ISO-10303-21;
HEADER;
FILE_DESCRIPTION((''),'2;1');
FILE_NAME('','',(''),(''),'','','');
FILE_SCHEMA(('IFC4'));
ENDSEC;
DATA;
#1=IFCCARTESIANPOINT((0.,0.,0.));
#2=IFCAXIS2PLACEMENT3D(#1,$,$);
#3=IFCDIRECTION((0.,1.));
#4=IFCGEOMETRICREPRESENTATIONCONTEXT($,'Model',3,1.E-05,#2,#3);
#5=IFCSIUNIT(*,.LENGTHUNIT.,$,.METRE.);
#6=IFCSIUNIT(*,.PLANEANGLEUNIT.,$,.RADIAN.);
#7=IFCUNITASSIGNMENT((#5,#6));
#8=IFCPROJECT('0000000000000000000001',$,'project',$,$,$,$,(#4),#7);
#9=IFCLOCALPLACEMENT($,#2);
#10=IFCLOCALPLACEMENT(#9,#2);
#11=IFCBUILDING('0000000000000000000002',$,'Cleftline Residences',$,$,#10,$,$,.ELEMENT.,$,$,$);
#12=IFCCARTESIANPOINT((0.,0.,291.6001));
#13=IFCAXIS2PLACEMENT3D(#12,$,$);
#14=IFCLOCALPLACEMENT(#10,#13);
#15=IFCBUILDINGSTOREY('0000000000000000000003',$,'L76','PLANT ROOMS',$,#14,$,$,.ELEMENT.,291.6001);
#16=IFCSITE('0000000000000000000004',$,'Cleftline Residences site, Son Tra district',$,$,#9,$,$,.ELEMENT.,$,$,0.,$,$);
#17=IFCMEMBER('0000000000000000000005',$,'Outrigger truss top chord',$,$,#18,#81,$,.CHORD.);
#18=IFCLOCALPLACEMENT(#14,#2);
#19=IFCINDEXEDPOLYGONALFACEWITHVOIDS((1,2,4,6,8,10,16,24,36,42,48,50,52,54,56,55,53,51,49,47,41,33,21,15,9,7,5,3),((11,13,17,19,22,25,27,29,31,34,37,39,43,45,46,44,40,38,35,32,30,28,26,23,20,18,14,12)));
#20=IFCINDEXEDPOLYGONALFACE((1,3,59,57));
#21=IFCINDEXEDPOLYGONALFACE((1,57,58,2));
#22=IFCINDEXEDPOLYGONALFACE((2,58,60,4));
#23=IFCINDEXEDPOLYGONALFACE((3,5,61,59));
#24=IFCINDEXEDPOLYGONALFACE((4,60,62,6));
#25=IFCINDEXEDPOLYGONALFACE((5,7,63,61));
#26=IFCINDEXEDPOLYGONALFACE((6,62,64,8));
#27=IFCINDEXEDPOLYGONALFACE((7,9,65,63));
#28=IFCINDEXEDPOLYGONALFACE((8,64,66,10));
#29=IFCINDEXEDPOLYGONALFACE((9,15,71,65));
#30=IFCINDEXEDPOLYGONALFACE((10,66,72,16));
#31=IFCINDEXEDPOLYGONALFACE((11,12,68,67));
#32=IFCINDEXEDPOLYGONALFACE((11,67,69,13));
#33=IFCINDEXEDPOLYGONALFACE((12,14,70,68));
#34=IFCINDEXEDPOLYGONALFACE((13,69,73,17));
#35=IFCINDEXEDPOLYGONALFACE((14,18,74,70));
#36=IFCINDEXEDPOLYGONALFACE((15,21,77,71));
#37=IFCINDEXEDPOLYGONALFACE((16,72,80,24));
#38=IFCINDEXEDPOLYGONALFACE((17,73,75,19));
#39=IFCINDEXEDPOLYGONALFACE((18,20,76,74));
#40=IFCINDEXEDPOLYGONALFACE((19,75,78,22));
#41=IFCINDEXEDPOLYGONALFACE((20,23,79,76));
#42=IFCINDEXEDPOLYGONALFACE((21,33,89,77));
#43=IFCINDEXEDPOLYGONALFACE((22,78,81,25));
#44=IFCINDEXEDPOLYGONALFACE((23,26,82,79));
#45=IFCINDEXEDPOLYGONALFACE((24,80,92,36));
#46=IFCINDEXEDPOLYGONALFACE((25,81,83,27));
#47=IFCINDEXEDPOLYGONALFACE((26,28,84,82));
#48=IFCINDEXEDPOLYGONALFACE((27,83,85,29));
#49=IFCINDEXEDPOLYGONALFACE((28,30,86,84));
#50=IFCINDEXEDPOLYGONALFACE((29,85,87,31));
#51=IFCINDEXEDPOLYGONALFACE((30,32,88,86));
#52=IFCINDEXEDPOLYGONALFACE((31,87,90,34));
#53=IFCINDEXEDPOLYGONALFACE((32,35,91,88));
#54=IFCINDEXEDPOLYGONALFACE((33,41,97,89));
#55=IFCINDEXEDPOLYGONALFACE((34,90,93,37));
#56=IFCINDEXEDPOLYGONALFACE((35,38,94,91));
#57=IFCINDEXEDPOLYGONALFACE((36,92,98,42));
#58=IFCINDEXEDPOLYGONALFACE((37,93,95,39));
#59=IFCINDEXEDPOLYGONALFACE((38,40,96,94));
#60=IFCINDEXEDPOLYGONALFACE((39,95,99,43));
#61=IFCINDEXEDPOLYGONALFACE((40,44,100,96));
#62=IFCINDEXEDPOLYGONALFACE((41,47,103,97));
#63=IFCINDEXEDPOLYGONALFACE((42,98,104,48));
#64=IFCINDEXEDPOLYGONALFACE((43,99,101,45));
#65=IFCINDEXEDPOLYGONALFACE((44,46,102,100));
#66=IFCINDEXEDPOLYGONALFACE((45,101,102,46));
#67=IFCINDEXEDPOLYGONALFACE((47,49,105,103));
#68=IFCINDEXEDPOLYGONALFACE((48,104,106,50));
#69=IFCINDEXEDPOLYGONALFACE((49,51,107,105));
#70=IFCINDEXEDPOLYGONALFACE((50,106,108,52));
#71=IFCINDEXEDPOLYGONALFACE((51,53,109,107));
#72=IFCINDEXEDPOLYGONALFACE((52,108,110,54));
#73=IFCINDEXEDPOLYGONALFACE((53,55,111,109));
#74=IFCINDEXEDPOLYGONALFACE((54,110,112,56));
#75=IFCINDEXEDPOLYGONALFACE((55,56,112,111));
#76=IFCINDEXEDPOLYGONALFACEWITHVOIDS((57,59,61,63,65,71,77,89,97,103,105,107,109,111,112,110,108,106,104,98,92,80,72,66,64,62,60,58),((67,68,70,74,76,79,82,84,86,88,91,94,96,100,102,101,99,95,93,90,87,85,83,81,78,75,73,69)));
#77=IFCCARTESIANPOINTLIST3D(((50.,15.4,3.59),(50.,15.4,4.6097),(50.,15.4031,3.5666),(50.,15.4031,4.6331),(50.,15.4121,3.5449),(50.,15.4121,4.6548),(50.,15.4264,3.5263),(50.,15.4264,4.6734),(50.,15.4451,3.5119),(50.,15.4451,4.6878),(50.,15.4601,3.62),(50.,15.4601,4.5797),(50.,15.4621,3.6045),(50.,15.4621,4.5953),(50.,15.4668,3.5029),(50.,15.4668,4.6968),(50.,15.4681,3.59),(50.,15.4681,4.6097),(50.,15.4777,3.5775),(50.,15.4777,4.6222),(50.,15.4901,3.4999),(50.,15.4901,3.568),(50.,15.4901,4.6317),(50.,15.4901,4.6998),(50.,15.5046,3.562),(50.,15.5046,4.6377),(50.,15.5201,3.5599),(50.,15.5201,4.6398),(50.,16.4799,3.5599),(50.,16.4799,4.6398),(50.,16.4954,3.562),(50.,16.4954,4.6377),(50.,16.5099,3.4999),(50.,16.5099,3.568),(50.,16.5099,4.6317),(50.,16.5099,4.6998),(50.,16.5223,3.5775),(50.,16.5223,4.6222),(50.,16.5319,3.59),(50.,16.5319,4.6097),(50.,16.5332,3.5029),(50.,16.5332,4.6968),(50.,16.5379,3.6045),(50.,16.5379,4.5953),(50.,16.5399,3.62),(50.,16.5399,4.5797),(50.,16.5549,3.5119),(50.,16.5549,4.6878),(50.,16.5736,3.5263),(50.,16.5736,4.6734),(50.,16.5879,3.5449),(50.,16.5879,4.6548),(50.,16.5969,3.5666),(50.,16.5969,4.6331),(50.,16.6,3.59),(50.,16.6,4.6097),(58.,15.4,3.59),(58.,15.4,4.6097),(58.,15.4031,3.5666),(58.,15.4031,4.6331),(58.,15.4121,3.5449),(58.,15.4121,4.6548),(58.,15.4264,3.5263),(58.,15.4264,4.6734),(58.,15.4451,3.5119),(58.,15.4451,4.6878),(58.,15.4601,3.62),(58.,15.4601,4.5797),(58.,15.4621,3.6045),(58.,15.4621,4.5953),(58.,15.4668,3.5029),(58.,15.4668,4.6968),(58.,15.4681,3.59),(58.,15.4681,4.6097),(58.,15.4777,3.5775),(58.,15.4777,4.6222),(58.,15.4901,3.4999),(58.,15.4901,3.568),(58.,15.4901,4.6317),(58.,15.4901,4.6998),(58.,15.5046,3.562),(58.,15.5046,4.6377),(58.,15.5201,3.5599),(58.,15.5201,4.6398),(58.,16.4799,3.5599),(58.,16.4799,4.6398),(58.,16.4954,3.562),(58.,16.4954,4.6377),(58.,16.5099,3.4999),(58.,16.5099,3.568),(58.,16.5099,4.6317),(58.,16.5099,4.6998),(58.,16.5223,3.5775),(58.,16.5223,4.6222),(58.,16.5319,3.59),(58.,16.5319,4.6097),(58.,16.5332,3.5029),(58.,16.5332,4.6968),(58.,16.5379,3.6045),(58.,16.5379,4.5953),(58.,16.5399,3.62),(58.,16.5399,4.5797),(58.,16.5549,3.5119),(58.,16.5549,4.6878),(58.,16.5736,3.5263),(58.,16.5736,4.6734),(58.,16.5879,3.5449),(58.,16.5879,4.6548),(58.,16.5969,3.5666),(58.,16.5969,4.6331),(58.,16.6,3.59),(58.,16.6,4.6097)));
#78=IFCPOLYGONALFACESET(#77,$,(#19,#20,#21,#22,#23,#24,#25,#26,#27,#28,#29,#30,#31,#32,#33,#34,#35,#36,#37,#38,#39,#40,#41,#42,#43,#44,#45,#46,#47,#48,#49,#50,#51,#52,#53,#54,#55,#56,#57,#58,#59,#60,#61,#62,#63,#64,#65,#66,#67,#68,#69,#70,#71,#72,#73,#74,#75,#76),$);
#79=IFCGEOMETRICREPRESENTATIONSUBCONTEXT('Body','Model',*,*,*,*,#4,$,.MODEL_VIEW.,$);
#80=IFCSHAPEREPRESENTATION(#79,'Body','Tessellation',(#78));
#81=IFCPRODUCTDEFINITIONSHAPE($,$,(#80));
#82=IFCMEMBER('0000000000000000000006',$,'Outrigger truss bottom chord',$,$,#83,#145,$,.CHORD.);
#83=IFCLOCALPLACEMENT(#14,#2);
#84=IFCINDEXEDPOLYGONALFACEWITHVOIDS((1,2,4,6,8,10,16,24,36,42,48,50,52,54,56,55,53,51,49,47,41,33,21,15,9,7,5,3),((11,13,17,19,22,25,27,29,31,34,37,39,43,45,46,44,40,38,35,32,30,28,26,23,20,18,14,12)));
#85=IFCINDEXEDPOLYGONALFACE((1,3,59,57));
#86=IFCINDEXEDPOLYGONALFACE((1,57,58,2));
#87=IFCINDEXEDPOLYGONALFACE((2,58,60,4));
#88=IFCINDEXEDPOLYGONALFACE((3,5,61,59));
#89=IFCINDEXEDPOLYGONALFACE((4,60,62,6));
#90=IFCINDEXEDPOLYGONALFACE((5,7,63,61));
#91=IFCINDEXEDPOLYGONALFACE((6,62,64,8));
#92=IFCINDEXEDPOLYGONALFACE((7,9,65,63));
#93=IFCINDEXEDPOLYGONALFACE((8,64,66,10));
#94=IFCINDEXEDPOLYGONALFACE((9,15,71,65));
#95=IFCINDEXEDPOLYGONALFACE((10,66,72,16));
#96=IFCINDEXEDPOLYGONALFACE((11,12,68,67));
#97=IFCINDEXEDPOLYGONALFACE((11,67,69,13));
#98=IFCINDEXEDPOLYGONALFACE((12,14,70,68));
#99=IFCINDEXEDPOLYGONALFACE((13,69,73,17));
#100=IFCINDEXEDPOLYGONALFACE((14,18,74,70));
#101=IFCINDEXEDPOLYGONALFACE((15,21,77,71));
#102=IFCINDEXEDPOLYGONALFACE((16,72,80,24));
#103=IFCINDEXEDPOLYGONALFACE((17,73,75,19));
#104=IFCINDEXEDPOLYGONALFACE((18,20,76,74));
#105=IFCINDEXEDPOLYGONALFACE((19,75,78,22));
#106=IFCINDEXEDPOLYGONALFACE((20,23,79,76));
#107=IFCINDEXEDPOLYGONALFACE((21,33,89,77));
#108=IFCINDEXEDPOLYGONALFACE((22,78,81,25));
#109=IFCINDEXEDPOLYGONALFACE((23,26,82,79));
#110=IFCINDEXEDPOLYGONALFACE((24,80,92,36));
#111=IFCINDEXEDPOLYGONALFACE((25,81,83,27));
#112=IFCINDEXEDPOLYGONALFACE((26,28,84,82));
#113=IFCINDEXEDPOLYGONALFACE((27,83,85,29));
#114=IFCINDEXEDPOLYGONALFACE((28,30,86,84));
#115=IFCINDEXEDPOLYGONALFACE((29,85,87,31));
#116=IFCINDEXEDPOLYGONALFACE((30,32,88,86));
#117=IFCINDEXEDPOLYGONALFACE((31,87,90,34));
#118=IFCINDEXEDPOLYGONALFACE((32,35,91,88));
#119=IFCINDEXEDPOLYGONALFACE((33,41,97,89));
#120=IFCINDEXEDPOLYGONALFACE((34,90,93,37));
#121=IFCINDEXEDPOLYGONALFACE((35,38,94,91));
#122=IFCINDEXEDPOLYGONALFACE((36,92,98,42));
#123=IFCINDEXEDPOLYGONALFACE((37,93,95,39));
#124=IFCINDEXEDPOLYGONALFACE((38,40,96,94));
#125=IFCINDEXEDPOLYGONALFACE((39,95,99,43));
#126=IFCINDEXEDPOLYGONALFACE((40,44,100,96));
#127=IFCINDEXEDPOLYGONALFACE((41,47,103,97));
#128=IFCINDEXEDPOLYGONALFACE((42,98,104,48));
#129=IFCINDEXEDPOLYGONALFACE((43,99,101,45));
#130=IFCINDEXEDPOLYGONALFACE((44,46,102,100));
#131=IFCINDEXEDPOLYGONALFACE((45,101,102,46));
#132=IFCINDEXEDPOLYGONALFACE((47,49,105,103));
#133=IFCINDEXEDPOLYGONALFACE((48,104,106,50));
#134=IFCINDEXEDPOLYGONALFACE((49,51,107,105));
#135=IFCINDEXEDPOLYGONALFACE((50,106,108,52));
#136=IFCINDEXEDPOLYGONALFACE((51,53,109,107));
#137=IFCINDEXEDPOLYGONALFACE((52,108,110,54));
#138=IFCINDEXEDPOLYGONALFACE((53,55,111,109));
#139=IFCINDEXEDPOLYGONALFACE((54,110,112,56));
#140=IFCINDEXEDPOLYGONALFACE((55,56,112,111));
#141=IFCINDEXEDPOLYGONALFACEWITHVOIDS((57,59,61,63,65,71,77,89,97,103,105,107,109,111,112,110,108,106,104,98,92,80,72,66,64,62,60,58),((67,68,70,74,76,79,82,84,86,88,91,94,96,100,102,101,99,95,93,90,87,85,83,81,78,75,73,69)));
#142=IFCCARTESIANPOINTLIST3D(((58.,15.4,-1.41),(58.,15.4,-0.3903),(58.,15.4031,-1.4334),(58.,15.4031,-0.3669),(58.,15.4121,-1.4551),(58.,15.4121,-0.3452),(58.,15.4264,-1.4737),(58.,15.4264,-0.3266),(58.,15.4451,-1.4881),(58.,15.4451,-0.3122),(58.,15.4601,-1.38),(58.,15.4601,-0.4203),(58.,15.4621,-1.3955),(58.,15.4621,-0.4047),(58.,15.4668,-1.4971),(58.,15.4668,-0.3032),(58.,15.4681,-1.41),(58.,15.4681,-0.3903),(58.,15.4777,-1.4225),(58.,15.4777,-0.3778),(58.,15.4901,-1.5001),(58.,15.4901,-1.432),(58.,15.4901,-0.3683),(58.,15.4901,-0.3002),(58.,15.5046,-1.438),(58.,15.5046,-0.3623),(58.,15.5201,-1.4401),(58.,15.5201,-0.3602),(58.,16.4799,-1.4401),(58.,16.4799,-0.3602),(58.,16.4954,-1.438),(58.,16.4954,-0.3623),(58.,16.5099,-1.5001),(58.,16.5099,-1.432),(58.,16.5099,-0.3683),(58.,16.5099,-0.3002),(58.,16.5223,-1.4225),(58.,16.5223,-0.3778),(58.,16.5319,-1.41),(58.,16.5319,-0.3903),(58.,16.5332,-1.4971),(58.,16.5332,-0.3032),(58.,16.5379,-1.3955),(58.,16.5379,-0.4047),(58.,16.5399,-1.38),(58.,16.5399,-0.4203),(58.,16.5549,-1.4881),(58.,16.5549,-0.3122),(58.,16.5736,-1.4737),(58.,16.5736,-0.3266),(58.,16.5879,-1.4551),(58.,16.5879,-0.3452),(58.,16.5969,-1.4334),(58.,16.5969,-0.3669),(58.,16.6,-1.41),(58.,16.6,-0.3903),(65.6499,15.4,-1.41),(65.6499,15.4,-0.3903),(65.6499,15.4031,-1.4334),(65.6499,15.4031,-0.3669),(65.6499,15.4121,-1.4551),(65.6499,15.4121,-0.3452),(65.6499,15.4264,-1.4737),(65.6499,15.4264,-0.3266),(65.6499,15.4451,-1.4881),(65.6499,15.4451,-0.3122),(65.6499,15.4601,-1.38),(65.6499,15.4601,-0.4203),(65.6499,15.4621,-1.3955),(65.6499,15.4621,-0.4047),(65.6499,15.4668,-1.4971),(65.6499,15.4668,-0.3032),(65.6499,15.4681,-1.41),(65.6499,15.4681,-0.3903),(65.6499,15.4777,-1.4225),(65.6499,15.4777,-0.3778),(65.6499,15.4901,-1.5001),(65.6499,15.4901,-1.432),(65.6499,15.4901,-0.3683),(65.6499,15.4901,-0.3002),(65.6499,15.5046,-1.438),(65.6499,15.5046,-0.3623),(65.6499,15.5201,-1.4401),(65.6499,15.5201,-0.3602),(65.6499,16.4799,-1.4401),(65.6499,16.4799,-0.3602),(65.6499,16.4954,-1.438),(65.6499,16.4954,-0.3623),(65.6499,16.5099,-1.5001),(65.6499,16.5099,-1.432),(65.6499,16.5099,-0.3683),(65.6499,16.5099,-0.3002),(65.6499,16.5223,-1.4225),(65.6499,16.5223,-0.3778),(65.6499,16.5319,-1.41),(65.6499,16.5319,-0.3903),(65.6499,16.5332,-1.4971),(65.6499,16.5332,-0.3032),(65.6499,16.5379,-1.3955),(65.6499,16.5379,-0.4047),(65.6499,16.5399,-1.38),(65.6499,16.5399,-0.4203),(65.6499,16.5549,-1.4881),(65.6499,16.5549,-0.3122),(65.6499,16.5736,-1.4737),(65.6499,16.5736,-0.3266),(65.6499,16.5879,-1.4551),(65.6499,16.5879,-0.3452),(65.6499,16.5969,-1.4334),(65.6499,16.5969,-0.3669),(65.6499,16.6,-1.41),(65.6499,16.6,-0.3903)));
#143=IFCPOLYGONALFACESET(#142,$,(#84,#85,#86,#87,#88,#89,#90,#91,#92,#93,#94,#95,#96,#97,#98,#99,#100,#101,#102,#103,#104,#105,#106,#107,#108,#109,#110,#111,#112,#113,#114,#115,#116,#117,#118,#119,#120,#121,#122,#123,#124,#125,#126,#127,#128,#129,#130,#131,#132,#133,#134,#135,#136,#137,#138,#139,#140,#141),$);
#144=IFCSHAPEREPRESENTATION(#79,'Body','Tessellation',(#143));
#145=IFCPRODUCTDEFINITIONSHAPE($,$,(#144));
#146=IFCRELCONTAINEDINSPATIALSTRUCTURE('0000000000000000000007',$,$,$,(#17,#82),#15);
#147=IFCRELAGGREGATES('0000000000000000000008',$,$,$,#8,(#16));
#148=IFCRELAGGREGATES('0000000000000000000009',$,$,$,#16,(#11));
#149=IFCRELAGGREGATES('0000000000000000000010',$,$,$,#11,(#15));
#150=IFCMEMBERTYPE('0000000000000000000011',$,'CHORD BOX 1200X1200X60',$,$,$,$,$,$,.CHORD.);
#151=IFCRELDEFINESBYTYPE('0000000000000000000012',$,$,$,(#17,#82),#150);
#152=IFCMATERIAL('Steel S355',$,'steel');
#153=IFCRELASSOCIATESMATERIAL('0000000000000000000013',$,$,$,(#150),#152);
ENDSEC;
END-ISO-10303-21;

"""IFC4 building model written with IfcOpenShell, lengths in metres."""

from ifc_helpers import new_model, si_unit, direction, frame, origin, origin_2d, place, context, subcontext, project, spatial, hollow_rectangle, extrude, material, material_profile, profile_set, type_object, element, save


model = new_model("IFC4")

# Units and contexts
model_context = context("Model", 3, precision=1e-05, world=origin(), true_north=direction((0.0, 1.0)))
body_context = subcontext(model_context, "Body", "Model", "MODEL_VIEW")
ifc_project = project(units=[si_unit("LENGTHUNIT", "METRE"), si_unit("PLANEANGLEUNIT", "RADIAN")], contexts=[model_context])

# Site, building, storey
site_placement = place(None, origin())
site = spatial("IfcSite", under=ifc_project, at=site_placement, Name="Cleftline Residences site, Son Tra district", CompositionType="ELEMENT", RefElevation=0.0)
building_placement = place(site_placement, origin())
building = spatial("IfcBuilding", under=site, at=building_placement, Name="Cleftline Residences", CompositionType="ELEMENT")
storey_placement = place(building_placement, frame((0.0, 0.0, 291.6001)))
storey = spatial("IfcBuildingStorey", under=building, at=storey_placement, Name="L76", Description="PLANT ROOMS", CompositionType="ELEMENT", Elevation=291.6001)

# Members
ifc_material_1 = material(Name="Steel S355", Category="steel")
ifc_material_profile_1 = material_profile(ifc_material_1, hollow_rectangle(XDim=1.2, YDim=1.2, WallThickness=0.0601, InnerFilletRadius=0.0601, OuterFilletRadius=0.0901, at=origin_2d()))
ifc_profile_set_1 = profile_set([ifc_material_profile_1], Name="Steel S355")
member_type_1 = type_object("IfcMemberType", Name="CHORD BOX 1200X1200X60", PredefinedType="CHORD", material=ifc_profile_set_1)
for number, where, z_axis, x_axis, name in (
    (1, (50.0, 16.0, 4.0999), (1.0, 0.0, 0.0), (0.0, 1.0, 0.0), "Outrigger truss top chord"),
):
    element("IfcMember", number, at=place(storey_placement, frame(where, z_axis=z_axis, x_axis=x_axis)), inside=storey, type_object=member_type_1, Name=name, PredefinedType="CHORD", context=body_context, shape_type="SweptSolid", body=[
        extrude(hollow_rectangle(XDim=1.2, YDim=1.2, WallThickness=0.0601, InnerFilletRadius=0.0601, OuterFilletRadius=0.0901, at=origin_2d()), origin(), (0.0, 0.0, 1.0), 8.0),
    ])
for number, where, z_axis, x_axis, name in (
    (2, (58.0, 16.0, -0.9001), (1.0, 0.0, 0.0), (0.0, 1.0, 0.0), "Outrigger truss bottom chord"),
):
    element("IfcMember", number, at=place(storey_placement, frame(where, z_axis=z_axis, x_axis=x_axis)), inside=storey, type_object=member_type_1, Name=name, PredefinedType="CHORD", context=body_context, shape_type="SweptSolid", body=[
        extrude(hollow_rectangle(XDim=1.2, YDim=1.2, WallThickness=0.0601, InnerFilletRadius=0.0601, OuterFilletRadius=0.0901, at=origin_2d()), origin(), (0.0, 0.0, 1.0), 7.6499),
    ])

save(model, "model.ifc")
